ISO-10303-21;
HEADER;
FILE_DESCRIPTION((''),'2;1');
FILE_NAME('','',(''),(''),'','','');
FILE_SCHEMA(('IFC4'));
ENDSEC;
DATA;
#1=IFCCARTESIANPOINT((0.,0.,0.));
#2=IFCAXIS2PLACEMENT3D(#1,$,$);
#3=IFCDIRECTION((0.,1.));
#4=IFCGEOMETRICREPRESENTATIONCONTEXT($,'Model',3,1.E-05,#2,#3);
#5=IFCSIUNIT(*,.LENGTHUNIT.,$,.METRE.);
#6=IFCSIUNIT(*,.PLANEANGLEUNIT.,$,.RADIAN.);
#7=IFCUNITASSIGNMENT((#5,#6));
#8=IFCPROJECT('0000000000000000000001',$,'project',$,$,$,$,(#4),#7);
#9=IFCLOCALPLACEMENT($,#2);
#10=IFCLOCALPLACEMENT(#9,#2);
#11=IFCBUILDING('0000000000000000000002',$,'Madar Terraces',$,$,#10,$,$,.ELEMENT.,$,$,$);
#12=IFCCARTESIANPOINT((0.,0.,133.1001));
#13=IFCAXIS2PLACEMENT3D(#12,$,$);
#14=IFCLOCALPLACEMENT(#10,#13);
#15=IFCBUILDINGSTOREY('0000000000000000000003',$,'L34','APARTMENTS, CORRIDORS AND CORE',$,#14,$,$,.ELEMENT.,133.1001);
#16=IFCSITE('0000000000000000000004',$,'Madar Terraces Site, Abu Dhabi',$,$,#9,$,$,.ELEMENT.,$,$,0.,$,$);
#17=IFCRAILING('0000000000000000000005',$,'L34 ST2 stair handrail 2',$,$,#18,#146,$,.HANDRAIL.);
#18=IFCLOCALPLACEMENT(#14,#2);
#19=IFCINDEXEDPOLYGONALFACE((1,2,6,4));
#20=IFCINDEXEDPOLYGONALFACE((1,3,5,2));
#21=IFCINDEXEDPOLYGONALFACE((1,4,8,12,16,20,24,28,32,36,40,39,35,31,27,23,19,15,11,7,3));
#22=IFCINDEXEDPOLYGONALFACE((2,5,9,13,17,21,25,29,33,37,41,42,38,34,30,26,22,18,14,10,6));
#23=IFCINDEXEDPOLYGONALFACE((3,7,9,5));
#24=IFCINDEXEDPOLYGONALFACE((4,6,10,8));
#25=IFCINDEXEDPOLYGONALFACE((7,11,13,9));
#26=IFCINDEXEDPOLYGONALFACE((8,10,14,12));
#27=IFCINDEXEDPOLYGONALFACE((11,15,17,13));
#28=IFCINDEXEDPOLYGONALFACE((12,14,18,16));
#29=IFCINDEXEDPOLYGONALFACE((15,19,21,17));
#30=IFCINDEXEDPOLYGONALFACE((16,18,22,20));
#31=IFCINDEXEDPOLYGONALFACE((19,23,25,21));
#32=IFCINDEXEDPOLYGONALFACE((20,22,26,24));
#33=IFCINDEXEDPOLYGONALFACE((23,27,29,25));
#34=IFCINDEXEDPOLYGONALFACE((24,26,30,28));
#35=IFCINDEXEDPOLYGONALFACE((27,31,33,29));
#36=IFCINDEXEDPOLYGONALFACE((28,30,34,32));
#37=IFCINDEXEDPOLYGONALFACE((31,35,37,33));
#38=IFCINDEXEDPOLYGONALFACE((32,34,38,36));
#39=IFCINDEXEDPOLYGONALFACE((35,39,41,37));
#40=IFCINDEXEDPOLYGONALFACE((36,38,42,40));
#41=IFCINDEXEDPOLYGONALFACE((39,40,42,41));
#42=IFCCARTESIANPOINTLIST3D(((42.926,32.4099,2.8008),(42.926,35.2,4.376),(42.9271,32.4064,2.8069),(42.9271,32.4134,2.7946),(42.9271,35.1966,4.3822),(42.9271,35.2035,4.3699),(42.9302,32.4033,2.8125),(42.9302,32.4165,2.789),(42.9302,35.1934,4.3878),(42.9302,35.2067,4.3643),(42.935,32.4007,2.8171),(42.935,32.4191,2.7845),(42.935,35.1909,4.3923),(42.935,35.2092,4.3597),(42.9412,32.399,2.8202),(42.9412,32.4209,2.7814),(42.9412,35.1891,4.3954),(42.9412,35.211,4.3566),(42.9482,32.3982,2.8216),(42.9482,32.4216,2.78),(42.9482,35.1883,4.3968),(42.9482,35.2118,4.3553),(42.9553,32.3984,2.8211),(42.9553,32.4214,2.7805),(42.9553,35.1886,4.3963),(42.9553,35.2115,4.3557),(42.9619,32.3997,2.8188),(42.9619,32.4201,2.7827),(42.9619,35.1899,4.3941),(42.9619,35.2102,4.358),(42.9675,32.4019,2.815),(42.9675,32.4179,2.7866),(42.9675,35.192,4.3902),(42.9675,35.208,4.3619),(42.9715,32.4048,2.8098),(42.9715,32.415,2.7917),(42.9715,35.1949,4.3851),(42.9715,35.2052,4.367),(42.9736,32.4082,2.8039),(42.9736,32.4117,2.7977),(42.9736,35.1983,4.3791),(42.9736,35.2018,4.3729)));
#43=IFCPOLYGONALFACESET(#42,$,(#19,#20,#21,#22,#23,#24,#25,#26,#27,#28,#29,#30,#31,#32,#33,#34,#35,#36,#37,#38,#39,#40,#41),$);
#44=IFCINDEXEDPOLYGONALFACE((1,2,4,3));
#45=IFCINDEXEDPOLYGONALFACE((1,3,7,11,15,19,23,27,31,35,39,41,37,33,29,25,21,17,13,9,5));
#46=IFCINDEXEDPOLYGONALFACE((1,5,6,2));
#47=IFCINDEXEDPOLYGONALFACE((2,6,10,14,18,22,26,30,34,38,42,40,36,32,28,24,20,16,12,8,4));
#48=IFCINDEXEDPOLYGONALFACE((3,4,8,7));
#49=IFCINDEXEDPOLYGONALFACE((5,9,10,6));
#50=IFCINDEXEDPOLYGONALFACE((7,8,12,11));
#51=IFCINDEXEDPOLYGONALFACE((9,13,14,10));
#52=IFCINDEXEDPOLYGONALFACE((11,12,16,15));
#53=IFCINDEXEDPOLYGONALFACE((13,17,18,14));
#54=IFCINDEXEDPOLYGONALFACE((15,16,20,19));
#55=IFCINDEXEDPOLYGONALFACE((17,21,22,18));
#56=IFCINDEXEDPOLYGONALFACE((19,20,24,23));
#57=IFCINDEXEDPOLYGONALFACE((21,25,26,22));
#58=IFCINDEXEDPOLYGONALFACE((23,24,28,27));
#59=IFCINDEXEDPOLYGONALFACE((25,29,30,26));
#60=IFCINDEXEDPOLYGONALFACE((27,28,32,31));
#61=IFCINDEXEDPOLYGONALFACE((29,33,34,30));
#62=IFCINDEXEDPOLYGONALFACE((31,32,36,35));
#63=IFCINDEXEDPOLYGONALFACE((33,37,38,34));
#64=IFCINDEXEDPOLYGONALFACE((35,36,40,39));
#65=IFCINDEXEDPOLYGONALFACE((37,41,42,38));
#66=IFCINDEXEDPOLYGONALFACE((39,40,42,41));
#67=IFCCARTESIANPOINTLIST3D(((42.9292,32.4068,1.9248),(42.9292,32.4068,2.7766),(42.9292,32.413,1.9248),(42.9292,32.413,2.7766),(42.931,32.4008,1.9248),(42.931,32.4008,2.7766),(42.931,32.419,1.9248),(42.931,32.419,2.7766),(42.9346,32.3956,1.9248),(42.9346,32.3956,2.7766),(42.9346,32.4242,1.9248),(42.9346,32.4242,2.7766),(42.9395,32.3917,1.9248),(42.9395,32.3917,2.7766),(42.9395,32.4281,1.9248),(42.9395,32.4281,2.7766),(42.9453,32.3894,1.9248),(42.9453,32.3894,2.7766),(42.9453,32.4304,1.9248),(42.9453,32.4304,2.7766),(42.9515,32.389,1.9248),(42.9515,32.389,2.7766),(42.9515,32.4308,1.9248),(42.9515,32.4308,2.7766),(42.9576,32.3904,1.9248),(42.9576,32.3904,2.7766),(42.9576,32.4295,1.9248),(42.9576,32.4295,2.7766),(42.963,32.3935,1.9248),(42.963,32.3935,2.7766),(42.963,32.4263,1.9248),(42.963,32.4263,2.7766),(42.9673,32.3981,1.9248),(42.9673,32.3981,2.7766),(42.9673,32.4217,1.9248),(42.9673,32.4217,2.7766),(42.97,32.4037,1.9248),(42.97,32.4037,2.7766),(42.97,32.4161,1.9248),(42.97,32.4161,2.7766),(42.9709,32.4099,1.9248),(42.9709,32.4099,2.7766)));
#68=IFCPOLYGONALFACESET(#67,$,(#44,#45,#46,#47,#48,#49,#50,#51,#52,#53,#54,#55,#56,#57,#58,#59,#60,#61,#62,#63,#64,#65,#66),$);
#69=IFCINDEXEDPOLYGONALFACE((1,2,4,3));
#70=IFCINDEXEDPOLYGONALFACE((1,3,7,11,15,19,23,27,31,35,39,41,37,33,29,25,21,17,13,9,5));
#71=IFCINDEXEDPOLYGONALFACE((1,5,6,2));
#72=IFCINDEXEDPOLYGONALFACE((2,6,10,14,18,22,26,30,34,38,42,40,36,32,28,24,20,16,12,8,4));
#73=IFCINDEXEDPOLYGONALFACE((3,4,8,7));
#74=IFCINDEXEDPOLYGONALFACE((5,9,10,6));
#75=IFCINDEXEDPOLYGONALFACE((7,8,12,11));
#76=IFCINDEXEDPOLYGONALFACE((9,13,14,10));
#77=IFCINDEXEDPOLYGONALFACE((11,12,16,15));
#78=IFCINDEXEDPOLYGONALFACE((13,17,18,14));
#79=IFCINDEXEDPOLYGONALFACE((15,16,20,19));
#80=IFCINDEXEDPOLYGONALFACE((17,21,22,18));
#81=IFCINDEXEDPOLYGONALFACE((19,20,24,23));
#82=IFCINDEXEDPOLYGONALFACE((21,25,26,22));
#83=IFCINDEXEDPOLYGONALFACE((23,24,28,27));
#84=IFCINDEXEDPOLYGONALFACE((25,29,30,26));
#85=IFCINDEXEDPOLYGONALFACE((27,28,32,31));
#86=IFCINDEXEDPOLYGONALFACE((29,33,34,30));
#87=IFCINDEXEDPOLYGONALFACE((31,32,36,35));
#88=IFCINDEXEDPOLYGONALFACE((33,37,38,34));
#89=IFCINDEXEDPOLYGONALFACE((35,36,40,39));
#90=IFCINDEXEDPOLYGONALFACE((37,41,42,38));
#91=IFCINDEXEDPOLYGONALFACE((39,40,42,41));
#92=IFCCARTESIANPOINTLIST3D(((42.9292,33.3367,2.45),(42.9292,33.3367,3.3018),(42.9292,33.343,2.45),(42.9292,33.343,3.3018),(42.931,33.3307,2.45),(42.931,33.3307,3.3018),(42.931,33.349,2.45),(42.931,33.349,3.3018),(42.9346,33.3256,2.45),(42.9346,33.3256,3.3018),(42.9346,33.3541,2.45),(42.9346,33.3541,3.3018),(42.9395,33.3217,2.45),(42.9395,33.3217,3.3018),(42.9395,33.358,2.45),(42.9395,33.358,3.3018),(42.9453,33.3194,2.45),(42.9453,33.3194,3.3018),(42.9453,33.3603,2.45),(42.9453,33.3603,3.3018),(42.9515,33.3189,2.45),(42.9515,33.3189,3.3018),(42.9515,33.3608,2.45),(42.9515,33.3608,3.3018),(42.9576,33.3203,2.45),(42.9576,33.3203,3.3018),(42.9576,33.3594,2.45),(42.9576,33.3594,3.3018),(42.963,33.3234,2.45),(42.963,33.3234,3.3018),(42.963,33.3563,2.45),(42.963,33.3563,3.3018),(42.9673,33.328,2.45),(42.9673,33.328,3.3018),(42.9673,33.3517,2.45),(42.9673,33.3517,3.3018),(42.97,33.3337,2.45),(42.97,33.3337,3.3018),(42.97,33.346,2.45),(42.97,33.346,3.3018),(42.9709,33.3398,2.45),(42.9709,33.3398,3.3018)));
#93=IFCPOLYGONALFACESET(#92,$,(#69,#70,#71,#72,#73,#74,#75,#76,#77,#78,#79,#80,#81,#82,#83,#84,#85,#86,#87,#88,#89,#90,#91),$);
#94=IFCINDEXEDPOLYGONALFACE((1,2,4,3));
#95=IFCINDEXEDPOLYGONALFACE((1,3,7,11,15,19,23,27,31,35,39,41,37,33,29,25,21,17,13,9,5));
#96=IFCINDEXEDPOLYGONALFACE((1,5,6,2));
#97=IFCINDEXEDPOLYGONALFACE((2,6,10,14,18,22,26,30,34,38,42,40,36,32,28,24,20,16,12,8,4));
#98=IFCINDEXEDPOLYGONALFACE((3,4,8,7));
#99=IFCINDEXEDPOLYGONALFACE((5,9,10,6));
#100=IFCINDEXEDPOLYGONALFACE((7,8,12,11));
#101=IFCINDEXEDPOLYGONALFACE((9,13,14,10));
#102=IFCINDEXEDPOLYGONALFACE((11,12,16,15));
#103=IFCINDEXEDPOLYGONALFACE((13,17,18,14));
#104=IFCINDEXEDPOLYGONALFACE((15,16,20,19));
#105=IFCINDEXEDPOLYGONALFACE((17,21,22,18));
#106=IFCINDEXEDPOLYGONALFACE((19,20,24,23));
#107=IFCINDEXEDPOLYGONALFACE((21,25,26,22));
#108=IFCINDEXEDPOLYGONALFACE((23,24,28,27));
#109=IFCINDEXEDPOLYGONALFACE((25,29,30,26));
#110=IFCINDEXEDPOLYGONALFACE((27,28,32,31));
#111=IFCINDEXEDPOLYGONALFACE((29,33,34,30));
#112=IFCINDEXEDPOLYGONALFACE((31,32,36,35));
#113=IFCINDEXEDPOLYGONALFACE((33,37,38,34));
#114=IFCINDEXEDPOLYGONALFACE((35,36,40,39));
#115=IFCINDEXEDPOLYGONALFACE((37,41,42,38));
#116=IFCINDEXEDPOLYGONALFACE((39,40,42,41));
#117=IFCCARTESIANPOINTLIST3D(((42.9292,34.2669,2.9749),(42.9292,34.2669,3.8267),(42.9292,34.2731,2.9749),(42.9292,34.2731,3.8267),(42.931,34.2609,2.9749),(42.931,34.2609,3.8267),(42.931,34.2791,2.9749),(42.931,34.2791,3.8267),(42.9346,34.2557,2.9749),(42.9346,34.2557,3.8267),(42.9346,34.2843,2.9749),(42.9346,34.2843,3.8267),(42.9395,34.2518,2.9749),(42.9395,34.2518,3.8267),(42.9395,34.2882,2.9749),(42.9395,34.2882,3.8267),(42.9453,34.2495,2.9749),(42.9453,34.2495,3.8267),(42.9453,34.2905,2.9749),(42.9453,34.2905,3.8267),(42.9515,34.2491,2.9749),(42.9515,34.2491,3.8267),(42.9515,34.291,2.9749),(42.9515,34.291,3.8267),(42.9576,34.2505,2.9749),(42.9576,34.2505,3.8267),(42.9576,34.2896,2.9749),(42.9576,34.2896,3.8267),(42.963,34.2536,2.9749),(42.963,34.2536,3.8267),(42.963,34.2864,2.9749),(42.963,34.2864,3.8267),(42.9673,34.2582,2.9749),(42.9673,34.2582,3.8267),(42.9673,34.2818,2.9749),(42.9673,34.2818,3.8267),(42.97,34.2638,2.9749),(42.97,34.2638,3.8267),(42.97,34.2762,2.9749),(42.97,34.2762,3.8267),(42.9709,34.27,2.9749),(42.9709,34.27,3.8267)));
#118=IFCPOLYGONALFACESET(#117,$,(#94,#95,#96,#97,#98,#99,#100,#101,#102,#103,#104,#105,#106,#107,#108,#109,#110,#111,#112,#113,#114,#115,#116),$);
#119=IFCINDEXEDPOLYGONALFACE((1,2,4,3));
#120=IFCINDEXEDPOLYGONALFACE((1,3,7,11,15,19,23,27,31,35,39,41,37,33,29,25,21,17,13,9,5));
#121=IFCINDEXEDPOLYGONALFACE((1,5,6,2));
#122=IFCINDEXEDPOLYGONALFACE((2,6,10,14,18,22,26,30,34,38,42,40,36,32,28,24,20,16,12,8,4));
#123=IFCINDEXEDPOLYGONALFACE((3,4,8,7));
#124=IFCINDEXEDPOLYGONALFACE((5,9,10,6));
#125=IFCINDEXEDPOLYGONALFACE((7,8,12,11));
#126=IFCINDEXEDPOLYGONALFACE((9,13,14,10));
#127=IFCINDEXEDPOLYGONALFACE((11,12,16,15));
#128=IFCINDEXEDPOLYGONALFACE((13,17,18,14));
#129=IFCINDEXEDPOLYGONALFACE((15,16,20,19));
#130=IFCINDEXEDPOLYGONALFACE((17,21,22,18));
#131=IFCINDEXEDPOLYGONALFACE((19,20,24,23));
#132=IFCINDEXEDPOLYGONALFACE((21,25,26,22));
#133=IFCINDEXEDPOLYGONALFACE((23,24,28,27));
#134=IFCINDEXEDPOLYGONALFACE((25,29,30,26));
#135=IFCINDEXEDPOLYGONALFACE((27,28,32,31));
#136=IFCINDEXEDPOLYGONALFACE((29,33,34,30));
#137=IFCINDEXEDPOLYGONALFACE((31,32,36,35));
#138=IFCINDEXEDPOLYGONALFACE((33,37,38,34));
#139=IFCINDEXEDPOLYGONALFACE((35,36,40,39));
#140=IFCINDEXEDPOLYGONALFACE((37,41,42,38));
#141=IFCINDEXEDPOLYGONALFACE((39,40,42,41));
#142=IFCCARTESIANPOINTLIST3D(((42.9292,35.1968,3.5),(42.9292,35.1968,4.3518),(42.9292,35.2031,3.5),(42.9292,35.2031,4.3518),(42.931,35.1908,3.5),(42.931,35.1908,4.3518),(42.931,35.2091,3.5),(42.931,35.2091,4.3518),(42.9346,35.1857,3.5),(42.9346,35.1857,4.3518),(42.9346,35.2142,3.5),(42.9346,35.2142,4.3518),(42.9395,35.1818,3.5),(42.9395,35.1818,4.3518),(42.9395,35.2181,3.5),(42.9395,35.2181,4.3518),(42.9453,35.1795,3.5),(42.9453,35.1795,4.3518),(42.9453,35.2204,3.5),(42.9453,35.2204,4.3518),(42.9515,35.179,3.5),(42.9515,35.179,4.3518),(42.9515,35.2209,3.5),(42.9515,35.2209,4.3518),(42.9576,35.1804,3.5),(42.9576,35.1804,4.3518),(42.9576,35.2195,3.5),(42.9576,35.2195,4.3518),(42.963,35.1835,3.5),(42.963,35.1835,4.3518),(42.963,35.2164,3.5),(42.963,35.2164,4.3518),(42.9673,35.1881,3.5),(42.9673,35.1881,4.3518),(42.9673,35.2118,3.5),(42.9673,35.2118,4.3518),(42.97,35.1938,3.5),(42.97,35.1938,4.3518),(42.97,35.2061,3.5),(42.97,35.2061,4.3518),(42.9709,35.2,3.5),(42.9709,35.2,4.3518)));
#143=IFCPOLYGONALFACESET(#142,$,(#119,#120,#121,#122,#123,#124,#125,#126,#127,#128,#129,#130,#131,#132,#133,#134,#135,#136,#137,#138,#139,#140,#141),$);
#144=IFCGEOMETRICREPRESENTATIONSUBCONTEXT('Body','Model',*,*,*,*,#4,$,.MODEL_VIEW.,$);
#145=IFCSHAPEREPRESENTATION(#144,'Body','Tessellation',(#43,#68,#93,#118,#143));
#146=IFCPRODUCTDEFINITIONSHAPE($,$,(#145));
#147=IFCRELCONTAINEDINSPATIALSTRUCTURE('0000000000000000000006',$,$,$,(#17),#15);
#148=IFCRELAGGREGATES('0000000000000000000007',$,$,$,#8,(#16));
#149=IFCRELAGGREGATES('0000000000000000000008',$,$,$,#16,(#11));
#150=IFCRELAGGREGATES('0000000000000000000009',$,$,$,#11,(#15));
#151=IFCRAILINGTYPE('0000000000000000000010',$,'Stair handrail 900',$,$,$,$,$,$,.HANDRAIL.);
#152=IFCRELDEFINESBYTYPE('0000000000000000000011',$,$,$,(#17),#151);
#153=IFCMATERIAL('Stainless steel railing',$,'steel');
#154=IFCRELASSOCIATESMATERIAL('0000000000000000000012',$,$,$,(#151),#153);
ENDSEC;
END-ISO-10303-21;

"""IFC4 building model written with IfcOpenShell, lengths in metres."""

from ifc_helpers import new_model, si_unit, direction, frame, origin, origin_2d, place, context, subcontext, project, spatial, circle, extrude, material, type_object, element, save


model = new_model("IFC4")

# Units and contexts
model_context = context("Model", 3, precision=1e-05, world=origin(), true_north=direction((0.0, 1.0)))
body_context = subcontext(model_context, "Body", "Model", "MODEL_VIEW")
ifc_project = project(units=[si_unit("LENGTHUNIT", "METRE"), si_unit("PLANEANGLEUNIT", "RADIAN")], contexts=[model_context])

# Site, building, storey
site_placement = place(None, origin())
site = spatial("IfcSite", under=ifc_project, at=site_placement, Name="Madar Terraces Site, Abu Dhabi", CompositionType="ELEMENT", RefElevation=0.0)
building_placement = place(site_placement, origin())
building = spatial("IfcBuilding", under=site, at=building_placement, Name="Madar Terraces", CompositionType="ELEMENT")
storey_placement = place(building_placement, frame((0.0, 0.0, 133.1001)))
storey = spatial("IfcBuildingStorey", under=building, at=storey_placement, Name="L34", Description="APARTMENTS, CORRIDORS AND CORE", CompositionType="ELEMENT", Elevation=133.1001)

# Railing
ifc_material_1 = material(Name="Stainless steel railing", Category="steel")
railing_type_1 = type_object("IfcRailingType", Name="Stair handrail 900", PredefinedType="HANDRAIL", material=ifc_material_1)
railing_1_placement = place(storey_placement, frame((42.95, 32.4099, 1.9248)))
element("IfcRailing", 1, at=railing_1_placement, inside=storey, type_object=railing_type_1, Name="L34 ST2 stair handrail 2", PredefinedType="HANDRAIL", context=body_context, shape_type="SweptSolid", body=[
    extrude(circle(Radius=0.0239, at=origin_2d()), frame((0.0, 0.0, 0.876), z_axis=(0.0, 0.870801, 0.491635), x_axis=(-1.0, 0.0, 0.0)), (0.0, 0.0, 1.0), 3.2041),
    extrude(circle(Radius=0.021, at=origin_2d()), origin(), (0.0, 0.0, 1.0), 0.8518),
    extrude(circle(Radius=0.021, at=origin_2d()), frame((0.0, 0.9299, 0.5251)), (0.0, 0.0, 1.0), 0.8518),
    extrude(circle(Radius=0.021, at=origin_2d()), frame((0.0, 1.8601, 1.05)), (0.0, 0.0, 1.0), 0.8518),
    extrude(circle(Radius=0.021, at=origin_2d()), frame((0.0, 2.79, 1.5752)), (0.0, 0.0, 1.0), 0.8518),
])

save(model, "model.ifc")
